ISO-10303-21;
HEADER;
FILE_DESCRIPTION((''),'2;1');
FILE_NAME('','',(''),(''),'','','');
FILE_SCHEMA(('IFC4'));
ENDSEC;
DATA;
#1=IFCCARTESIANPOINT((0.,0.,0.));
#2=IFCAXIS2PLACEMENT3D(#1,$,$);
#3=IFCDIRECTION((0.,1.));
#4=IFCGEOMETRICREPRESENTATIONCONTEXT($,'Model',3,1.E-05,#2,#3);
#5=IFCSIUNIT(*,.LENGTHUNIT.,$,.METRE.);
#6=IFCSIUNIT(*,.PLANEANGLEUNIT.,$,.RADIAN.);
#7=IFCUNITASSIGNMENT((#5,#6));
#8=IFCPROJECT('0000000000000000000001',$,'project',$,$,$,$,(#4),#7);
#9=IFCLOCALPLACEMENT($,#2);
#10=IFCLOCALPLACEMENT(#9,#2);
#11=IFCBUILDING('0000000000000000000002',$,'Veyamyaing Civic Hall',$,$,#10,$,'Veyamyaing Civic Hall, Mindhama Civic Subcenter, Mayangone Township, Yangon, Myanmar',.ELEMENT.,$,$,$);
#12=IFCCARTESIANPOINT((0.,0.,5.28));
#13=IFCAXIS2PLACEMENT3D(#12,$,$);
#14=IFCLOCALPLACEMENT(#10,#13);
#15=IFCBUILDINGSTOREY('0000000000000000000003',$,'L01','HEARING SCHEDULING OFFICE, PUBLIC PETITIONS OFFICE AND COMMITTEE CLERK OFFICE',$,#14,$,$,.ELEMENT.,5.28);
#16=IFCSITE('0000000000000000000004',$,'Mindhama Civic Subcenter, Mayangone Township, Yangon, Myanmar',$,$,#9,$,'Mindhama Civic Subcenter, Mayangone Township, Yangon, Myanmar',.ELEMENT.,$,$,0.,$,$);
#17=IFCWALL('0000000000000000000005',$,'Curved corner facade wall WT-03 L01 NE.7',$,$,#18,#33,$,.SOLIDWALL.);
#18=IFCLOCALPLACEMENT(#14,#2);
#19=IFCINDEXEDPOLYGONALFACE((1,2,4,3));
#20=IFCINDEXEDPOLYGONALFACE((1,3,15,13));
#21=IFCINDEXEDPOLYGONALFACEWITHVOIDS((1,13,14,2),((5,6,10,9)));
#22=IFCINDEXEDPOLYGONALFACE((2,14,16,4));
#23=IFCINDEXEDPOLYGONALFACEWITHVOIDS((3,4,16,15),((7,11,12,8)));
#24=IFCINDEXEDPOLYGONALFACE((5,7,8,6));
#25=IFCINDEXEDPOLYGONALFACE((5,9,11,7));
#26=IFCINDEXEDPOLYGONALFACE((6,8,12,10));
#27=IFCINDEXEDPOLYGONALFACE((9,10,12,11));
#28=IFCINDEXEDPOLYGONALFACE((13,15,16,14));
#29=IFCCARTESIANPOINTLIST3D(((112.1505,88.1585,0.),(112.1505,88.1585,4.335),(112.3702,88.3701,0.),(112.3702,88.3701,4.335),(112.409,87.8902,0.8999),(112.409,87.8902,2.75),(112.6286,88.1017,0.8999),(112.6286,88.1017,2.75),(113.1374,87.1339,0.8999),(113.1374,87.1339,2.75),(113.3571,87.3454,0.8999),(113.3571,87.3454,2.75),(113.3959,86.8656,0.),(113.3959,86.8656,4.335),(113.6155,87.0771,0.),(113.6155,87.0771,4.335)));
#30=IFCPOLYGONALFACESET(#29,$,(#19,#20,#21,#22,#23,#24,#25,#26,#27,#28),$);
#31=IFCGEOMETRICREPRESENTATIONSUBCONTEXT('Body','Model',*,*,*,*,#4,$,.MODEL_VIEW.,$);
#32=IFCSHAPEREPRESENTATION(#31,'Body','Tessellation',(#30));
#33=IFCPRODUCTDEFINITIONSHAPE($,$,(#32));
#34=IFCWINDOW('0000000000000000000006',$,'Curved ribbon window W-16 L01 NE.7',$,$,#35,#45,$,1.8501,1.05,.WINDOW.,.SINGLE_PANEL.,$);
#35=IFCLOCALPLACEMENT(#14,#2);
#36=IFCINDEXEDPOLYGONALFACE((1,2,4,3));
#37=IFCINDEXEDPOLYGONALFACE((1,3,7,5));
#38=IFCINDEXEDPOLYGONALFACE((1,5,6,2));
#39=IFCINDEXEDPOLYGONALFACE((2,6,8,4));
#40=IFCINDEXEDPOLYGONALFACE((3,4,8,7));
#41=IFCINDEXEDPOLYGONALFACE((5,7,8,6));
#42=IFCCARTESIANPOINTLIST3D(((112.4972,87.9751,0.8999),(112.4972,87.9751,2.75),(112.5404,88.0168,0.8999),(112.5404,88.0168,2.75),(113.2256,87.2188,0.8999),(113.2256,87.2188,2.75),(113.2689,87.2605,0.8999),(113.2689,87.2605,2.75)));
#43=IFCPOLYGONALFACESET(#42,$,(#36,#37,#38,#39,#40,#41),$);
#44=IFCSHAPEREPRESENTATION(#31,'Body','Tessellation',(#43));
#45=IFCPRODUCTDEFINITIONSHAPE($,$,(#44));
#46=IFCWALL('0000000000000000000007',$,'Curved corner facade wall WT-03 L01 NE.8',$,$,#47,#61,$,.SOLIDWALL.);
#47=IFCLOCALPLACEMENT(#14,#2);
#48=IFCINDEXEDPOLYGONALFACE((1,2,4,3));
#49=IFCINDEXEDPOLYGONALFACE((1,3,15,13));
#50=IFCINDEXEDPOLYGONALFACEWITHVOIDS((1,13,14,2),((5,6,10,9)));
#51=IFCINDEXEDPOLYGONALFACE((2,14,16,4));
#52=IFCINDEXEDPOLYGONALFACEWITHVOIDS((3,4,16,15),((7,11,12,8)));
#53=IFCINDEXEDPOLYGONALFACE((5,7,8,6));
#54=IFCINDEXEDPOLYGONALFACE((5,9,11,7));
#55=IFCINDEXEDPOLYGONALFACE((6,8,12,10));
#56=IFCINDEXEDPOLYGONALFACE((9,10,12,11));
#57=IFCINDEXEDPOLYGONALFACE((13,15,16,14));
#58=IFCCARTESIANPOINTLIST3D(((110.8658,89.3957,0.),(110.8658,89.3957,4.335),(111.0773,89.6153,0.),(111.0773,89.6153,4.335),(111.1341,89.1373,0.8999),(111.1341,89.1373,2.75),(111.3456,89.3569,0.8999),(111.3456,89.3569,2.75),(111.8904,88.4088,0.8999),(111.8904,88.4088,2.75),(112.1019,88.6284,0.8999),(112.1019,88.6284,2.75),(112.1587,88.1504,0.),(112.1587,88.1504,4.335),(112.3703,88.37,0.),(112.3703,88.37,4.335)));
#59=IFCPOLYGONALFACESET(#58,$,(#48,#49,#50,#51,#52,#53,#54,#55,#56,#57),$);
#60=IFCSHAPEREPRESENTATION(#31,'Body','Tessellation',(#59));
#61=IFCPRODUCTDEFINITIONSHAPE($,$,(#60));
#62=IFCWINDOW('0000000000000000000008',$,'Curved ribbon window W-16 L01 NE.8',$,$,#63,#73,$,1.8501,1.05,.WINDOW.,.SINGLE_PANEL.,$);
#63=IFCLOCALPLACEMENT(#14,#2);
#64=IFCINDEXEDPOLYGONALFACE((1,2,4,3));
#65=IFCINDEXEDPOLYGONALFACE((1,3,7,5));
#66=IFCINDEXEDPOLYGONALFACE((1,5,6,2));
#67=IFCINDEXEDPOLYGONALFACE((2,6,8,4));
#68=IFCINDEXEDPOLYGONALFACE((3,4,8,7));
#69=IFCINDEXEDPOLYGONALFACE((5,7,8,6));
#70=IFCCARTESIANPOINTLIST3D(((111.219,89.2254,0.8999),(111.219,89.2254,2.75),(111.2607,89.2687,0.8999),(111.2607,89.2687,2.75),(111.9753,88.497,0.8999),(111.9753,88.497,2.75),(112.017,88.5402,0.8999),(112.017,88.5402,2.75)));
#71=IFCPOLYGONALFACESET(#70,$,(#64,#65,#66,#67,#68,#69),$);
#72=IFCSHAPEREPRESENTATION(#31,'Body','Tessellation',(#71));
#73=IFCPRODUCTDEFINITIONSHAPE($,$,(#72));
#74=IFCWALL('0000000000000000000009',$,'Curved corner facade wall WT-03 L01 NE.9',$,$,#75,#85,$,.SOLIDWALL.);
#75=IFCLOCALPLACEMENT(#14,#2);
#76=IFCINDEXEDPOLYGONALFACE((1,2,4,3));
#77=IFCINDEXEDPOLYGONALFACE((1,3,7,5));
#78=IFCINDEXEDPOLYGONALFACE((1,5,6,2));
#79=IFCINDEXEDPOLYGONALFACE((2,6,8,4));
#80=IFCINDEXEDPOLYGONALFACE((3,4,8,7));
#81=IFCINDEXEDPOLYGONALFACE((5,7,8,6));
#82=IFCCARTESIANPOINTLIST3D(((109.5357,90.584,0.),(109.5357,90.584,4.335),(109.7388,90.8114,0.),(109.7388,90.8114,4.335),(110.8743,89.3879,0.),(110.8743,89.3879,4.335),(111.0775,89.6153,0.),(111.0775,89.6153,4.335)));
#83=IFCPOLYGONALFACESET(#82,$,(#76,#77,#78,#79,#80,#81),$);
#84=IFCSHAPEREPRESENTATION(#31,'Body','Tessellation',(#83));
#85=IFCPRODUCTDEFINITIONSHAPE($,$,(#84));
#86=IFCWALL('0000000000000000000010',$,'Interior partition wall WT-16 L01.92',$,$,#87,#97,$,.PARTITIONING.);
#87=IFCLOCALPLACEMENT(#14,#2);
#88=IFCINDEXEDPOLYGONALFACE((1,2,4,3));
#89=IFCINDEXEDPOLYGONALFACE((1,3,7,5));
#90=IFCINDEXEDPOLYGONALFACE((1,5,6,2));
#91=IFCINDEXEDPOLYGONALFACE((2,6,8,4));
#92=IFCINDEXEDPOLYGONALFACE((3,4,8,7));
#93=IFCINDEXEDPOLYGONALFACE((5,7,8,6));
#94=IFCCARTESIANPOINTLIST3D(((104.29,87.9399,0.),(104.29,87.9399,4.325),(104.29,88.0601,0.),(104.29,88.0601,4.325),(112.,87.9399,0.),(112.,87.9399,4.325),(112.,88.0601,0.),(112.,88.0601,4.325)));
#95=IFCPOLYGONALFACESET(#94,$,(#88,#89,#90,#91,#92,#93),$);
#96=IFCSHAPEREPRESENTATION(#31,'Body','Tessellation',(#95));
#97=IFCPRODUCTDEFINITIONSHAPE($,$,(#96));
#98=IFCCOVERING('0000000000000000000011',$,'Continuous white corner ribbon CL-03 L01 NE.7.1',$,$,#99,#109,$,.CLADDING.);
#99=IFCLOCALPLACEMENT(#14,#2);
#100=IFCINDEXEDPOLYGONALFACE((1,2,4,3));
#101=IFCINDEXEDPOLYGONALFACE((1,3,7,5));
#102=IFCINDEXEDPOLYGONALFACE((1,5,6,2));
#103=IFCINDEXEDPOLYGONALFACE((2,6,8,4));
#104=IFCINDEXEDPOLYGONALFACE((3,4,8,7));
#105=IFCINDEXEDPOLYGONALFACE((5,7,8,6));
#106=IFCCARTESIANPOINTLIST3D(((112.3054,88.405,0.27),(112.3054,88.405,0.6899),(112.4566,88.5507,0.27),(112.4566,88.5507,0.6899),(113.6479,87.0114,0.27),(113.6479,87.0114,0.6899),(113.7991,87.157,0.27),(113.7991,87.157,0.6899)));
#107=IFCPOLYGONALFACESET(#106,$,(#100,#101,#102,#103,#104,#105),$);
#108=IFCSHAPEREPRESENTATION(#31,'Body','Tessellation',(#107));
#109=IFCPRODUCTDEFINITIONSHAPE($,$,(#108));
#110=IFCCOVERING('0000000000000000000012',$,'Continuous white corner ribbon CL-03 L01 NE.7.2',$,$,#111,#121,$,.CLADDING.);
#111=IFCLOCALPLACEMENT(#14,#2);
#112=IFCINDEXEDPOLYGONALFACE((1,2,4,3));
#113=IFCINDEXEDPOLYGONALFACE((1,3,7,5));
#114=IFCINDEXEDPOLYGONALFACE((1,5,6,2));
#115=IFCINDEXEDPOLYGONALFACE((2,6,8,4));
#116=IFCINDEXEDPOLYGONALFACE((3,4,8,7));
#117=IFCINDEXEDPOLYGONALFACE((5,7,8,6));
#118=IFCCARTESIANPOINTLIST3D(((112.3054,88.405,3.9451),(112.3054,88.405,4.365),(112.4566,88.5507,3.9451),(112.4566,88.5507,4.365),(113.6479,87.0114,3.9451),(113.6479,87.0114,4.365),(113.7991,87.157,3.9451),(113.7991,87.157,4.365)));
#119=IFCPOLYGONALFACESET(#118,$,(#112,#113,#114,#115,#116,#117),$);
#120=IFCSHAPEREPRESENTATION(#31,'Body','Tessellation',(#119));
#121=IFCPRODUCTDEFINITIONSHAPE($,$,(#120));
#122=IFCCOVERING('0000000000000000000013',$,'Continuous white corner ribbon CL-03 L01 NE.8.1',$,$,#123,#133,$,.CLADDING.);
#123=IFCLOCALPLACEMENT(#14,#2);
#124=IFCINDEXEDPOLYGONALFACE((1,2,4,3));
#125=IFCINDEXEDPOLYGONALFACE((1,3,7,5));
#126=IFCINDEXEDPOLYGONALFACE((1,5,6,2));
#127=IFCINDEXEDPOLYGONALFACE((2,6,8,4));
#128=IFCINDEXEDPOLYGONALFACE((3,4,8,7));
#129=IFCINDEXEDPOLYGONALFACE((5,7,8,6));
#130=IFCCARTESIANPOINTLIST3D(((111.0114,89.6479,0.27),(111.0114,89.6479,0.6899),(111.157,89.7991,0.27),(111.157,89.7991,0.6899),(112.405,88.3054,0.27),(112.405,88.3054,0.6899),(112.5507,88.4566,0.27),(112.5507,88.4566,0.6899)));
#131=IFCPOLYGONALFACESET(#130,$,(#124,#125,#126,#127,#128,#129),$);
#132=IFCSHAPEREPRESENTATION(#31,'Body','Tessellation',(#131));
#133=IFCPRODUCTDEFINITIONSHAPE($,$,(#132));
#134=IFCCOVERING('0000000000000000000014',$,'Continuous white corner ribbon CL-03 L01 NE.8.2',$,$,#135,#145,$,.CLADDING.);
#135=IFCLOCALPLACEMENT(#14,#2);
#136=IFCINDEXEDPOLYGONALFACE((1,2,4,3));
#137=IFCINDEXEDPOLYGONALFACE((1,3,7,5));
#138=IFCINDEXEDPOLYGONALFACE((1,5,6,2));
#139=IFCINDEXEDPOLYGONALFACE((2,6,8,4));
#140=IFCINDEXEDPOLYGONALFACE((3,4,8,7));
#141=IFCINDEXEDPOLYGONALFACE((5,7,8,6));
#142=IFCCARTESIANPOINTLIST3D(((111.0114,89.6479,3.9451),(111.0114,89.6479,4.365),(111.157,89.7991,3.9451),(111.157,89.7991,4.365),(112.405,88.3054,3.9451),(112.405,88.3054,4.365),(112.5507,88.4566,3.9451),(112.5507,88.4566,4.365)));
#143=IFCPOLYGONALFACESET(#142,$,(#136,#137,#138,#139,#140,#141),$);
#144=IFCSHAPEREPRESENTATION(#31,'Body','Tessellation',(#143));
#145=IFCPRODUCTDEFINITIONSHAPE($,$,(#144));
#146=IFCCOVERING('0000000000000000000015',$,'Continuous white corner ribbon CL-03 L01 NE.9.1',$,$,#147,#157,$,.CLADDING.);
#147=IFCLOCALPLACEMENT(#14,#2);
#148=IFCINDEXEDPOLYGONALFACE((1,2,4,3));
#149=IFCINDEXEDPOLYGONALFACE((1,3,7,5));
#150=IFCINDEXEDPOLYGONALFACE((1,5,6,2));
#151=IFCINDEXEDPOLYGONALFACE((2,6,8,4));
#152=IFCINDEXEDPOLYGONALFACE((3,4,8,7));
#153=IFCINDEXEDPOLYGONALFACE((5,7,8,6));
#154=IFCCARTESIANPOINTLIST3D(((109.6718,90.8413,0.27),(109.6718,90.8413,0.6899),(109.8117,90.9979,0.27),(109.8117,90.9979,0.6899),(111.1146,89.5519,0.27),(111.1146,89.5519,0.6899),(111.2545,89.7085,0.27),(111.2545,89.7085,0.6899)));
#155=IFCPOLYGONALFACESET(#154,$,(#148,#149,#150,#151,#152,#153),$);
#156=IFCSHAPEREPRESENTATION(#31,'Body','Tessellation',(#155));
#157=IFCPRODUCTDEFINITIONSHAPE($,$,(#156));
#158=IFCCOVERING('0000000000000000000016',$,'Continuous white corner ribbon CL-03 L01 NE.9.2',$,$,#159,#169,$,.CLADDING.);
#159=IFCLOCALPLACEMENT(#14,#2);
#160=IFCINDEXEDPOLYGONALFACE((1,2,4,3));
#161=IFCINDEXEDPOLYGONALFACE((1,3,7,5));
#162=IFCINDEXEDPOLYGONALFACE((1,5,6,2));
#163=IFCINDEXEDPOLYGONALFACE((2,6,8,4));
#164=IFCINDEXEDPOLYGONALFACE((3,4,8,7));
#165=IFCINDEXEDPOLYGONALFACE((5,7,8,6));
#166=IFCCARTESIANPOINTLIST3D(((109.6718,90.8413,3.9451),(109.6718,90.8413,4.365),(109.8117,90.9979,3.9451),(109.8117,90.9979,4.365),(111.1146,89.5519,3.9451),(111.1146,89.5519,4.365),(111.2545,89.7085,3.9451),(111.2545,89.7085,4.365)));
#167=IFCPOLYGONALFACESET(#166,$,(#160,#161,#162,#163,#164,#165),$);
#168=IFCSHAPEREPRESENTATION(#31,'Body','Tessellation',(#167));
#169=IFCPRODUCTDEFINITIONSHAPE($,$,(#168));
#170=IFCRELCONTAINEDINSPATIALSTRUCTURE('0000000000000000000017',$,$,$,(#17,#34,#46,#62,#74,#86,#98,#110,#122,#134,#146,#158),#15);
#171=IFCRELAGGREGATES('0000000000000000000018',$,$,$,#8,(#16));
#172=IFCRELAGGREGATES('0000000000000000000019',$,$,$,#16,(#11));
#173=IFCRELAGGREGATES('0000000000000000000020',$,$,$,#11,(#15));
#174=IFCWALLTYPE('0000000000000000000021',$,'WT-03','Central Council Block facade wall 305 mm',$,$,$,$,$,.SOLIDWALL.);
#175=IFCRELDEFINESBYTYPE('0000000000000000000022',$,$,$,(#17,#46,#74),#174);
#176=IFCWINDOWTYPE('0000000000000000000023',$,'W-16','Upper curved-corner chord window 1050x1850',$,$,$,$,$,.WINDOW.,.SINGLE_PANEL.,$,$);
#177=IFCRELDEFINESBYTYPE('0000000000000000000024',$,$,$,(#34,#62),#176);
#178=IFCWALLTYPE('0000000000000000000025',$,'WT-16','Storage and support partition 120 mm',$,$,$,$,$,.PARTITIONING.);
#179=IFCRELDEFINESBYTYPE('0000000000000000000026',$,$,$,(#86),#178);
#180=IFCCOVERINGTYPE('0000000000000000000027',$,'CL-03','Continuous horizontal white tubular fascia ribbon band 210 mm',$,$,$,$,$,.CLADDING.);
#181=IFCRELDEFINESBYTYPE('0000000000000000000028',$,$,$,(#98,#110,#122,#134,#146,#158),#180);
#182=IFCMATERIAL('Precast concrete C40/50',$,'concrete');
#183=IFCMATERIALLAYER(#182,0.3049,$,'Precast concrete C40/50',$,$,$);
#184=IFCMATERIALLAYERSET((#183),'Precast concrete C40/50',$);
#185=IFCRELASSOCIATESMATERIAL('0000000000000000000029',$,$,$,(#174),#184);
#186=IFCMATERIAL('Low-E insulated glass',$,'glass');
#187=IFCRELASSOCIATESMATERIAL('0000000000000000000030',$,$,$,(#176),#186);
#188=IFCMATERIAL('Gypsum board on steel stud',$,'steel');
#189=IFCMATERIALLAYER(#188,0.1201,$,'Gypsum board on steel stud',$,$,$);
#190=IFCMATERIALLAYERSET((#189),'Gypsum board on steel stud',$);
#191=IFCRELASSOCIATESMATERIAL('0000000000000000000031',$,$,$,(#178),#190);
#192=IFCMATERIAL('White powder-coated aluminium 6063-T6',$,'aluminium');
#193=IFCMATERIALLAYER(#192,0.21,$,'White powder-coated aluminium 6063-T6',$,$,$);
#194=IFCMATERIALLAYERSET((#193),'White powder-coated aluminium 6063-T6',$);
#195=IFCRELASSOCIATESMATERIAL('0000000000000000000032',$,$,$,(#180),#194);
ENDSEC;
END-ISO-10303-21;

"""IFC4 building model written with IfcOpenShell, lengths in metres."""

from ifc_helpers import new_model, si_unit, direction, frame, frame_2d, origin, origin_2d, place, context, subcontext, project, spatial, rectangle, extrude, material, layer, layer_set, type_object, element, fill, save


model = new_model("IFC4")

# Units and contexts
model_context = context("Model", 3, precision=1e-05, world=origin(), true_north=direction((0.0, 1.0)))
body_context = subcontext(model_context, "Body", "Model", "MODEL_VIEW")
ifc_project = project(units=[si_unit("LENGTHUNIT", "METRE"), si_unit("PLANEANGLEUNIT", "RADIAN")], contexts=[model_context])

# Site, building, storey
site_placement = place(None, origin())
site = spatial("IfcSite", under=ifc_project, at=site_placement, Name="Mindhama Civic Subcenter, Mayangone Township, Yangon, Myanmar", LongName="Mindhama Civic Subcenter, Mayangone Township, Yangon, Myanmar", CompositionType="ELEMENT", RefElevation=0.0)
building_placement = place(site_placement, origin())
building = spatial("IfcBuilding", under=site, at=building_placement, Name="Veyamyaing Civic Hall", LongName="Veyamyaing Civic Hall, Mindhama Civic Subcenter, Mayangone Township, Yangon, Myanmar", CompositionType="ELEMENT")
storey_placement = place(building_placement, frame((0.0, 0.0, 5.28)))
storey = spatial("IfcBuildingStorey", under=building, at=storey_placement, Name="L01", Description="HEARING SCHEDULING OFFICE, PUBLIC PETITIONS OFFICE AND COMMITTEE CLERK OFFICE", CompositionType="ELEMENT", Elevation=5.28)

# Walls, openings, windows
ifc_material_1 = material(Name="Precast concrete C40/50", Category="concrete")
ifc_layer_1 = layer(ifc_material_1, 0.3049, Name="Precast concrete C40/50")
ifc_layer_set_1 = layer_set([ifc_layer_1], Name="Precast concrete C40/50")
wall_type_1 = type_object("IfcWallType", Name="WT-03", Description="Central Council Block facade wall 305 mm", PredefinedType="SOLIDWALL", material=ifc_layer_set_1)
wall_1_placement = place(storey_placement, frame((113.5056, 86.9714, 0.0), z_axis=(0.0, 0.0, 1.0), x_axis=(-0.693723, 0.720242, 0.0)))
wall_1 = element("IfcWall", 1, at=wall_1_placement, inside=storey, type_object=wall_type_1, Name="Curved corner facade wall WT-03 L01 NE.7", PredefinedType="SOLIDWALL", context=body_context, shape_type="SweptSolid", body=[
    extrude(rectangle(XDim=1.7952, YDim=0.3049, at=frame_2d((0.8975, 0.0))), origin(), (0.0, 0.0, 1.0), 4.335),
])
opening_1_placement = place(wall_1_placement, frame((0.3726, 0.0, 0.8999)))
opening_1 = element("IfcOpeningElement", 2, at=opening_1_placement, cuts=wall_1, PredefinedType="OPENING", context=body_context, shape_type="SweptSolid", body=[
    extrude(rectangle(XDim=1.05, YDim=1.8501, at=frame_2d((0.5249, 0.925))), frame((0.0, 0.1624, 0.0), z_axis=(0.0, -1.0, 0.0), x_axis=(1.0, 0.0, 0.0)), (0.0, 0.0, 1.0), 0.325),
])
ifc_material_2 = material(Name="Low-E insulated glass", Category="glass")
window_type = type_object("IfcWindowType", Name="W-16", Description="Upper curved-corner chord window 1050x1850", PartitioningType="SINGLE_PANEL", PredefinedType="WINDOW", material=ifc_material_2)
window_1_placement = place(opening_1_placement, origin())
window_1 = element("IfcWindow", 3, at=window_1_placement, inside=storey, type_object=window_type, Name="Curved ribbon window W-16 L01 NE.7", OverallHeight=1.8501, OverallWidth=1.05, PartitioningType="SINGLE_PANEL", PredefinedType="WINDOW", context=body_context, shape_type="SweptSolid", body=[
    extrude(rectangle(XDim=1.05, YDim=1.8501, at=frame_2d((0.5249, 0.925))), frame((0.0, 0.03, 0.0), z_axis=(0.0, -1.0, 0.0), x_axis=(1.0, 0.0, 0.0)), (0.0, 0.0, 1.0), 0.0601),
])
fill(opening_1, window_1)
wall_2_placement = place(storey_placement, frame((112.2644, 88.2603, 0.0), z_axis=(0.0, 0.0, 1.0), x_axis=(-0.720242, 0.693723, 0.0)))
wall_2 = element("IfcWall", 4, at=wall_2_placement, inside=storey, type_object=wall_type_1, Name="Curved corner facade wall WT-03 L01 NE.8", PredefinedType="SOLIDWALL", context=body_context, shape_type="SweptSolid", body=[
    extrude(rectangle(XDim=1.7952, YDim=0.3049, at=frame_2d((0.8975, 0.0))), origin(), (0.0, 0.0, 1.0), 4.335),
])
opening_2_placement = place(wall_2_placement, frame((0.3726, 0.0, 0.8999)))
opening_2 = element("IfcOpeningElement", 5, at=opening_2_placement, cuts=wall_2, PredefinedType="OPENING", context=body_context, shape_type="SweptSolid", body=[
    extrude(rectangle(XDim=1.05, YDim=1.8501, at=frame_2d((0.5249, 0.925))), frame((0.0, 0.1624, 0.0), z_axis=(0.0, -1.0, 0.0), x_axis=(1.0, 0.0, 0.0)), (0.0, 0.0, 1.0), 0.325),
])
window_2_placement = place(opening_2_placement, origin())
window_2 = element("IfcWindow", 6, at=window_2_placement, inside=storey, type_object=window_type, Name="Curved ribbon window W-16 L01 NE.8", OverallHeight=1.8501, OverallWidth=1.05, PartitioningType="SINGLE_PANEL", PredefinedType="WINDOW", context=body_context, shape_type="SweptSolid", body=[
    extrude(rectangle(XDim=1.05, YDim=1.8501, at=frame_2d((0.5249, 0.925))), frame((0.0, 0.03, 0.0), z_axis=(0.0, -1.0, 0.0), x_axis=(1.0, 0.0, 0.0)), (0.0, 0.0, 1.0), 0.0601),
])
fill(opening_2, window_2)

# Walls
wall_3_placement = place(storey_placement, frame((110.9758, 89.5017, 0.0), z_axis=(0.0, 0.0, 1.0), x_axis=(-0.745704, 0.666278, 0.0)))
element("IfcWall", 7, at=wall_3_placement, inside=storey, type_object=wall_type_1, Name="Curved corner facade wall WT-03 L01 NE.9", PredefinedType="SOLIDWALL", context=body_context, shape_type="SweptSolid", body=[
    extrude(rectangle(XDim=1.7952, YDim=0.3049, at=frame_2d((0.8975, 0.0))), origin(), (0.0, 0.0, 1.0), 4.335),
])
ifc_material_3 = material(Name="Gypsum board on steel stud", Category="steel")
ifc_layer_2 = layer(ifc_material_3, 0.1201, Name="Gypsum board on steel stud")
ifc_layer_set_2 = layer_set([ifc_layer_2], Name="Gypsum board on steel stud")
wall_type_2 = type_object("IfcWallType", Name="WT-16", Description="Storage and support partition 120 mm", PredefinedType="PARTITIONING", material=ifc_layer_set_2)
wall_4_placement = place(storey_placement, frame((104.29, 88.0, 0.0), z_axis=(0.0, 0.0, 1.0), x_axis=(1.0, 0.0, 0.0)))
element("IfcWall", 8, at=wall_4_placement, inside=storey, type_object=wall_type_2, Name="Interior partition wall WT-16 L01.92", PredefinedType="PARTITIONING", context=body_context, shape_type="SweptSolid", body=[
    extrude(rectangle(XDim=7.71, YDim=0.1201, at=frame_2d((3.855, 0.0))), origin(), (0.0, 0.0, 1.0), 4.325),
])

# Coverings
ifc_material_4 = material(Name="White powder-coated aluminium 6063-T6", Category="aluminium")
ifc_layer_3 = layer(ifc_material_4, 0.21, Name="White powder-coated aluminium 6063-T6")
ifc_layer_set_3 = layer_set([ifc_layer_3], Name="White powder-coated aluminium 6063-T6")
covering_type = type_object("IfcCoveringType", Name="CL-03", Description="Continuous horizontal white tubular fascia ribbon band 210 mm", PredefinedType="CLADDING", material=ifc_layer_set_3)
for number, where, z_axis, x_axis, name in (
    (9, (113.0522, 87.781, 0.27), (0.0, 0.0, 1.0), (-0.693761, 0.720205, 0.0), "Continuous white corner ribbon CL-03 L01 NE.7.1"),
    (10, (113.0522, 87.781, 3.9451), (0.0, 0.0, 1.0), (-0.693761, 0.720205, 0.0), "Continuous white corner ribbon CL-03 L01 NE.7.2"),
    (11, (111.781, 89.0522, 0.27), (0.0, 0.0, 1.0), (-0.720205, 0.693761, 0.0), "Continuous white corner ribbon CL-03 L01 NE.8.1"),
    (12, (111.781, 89.0522, 3.9451), (0.0, 0.0, 1.0), (-0.720205, 0.693761, 0.0), "Continuous white corner ribbon CL-03 L01 NE.8.2"),
    (13, (110.4631, 90.2749, 0.27), (0.0, 0.0, 1.0), (-0.745642, 0.666347, 0.0), "Continuous white corner ribbon CL-03 L01 NE.9.1"),
    (14, (110.4631, 90.2749, 3.9451), (0.0, 0.0, 1.0), (-0.745642, 0.666347, 0.0), "Continuous white corner ribbon CL-03 L01 NE.9.2"),
):
    element("IfcCovering", number, at=place(storey_placement, frame(where, z_axis=z_axis, x_axis=x_axis)), inside=storey, type_object=covering_type, Name=name, PredefinedType="CLADDING", context=body_context, shape_type="SweptSolid", body=[
        extrude(rectangle(XDim=1.9351, YDim=0.21, at=origin_2d()), origin(), (0.0, 0.0, 1.0), 0.4199),
    ])

save(model, "model.ifc")
